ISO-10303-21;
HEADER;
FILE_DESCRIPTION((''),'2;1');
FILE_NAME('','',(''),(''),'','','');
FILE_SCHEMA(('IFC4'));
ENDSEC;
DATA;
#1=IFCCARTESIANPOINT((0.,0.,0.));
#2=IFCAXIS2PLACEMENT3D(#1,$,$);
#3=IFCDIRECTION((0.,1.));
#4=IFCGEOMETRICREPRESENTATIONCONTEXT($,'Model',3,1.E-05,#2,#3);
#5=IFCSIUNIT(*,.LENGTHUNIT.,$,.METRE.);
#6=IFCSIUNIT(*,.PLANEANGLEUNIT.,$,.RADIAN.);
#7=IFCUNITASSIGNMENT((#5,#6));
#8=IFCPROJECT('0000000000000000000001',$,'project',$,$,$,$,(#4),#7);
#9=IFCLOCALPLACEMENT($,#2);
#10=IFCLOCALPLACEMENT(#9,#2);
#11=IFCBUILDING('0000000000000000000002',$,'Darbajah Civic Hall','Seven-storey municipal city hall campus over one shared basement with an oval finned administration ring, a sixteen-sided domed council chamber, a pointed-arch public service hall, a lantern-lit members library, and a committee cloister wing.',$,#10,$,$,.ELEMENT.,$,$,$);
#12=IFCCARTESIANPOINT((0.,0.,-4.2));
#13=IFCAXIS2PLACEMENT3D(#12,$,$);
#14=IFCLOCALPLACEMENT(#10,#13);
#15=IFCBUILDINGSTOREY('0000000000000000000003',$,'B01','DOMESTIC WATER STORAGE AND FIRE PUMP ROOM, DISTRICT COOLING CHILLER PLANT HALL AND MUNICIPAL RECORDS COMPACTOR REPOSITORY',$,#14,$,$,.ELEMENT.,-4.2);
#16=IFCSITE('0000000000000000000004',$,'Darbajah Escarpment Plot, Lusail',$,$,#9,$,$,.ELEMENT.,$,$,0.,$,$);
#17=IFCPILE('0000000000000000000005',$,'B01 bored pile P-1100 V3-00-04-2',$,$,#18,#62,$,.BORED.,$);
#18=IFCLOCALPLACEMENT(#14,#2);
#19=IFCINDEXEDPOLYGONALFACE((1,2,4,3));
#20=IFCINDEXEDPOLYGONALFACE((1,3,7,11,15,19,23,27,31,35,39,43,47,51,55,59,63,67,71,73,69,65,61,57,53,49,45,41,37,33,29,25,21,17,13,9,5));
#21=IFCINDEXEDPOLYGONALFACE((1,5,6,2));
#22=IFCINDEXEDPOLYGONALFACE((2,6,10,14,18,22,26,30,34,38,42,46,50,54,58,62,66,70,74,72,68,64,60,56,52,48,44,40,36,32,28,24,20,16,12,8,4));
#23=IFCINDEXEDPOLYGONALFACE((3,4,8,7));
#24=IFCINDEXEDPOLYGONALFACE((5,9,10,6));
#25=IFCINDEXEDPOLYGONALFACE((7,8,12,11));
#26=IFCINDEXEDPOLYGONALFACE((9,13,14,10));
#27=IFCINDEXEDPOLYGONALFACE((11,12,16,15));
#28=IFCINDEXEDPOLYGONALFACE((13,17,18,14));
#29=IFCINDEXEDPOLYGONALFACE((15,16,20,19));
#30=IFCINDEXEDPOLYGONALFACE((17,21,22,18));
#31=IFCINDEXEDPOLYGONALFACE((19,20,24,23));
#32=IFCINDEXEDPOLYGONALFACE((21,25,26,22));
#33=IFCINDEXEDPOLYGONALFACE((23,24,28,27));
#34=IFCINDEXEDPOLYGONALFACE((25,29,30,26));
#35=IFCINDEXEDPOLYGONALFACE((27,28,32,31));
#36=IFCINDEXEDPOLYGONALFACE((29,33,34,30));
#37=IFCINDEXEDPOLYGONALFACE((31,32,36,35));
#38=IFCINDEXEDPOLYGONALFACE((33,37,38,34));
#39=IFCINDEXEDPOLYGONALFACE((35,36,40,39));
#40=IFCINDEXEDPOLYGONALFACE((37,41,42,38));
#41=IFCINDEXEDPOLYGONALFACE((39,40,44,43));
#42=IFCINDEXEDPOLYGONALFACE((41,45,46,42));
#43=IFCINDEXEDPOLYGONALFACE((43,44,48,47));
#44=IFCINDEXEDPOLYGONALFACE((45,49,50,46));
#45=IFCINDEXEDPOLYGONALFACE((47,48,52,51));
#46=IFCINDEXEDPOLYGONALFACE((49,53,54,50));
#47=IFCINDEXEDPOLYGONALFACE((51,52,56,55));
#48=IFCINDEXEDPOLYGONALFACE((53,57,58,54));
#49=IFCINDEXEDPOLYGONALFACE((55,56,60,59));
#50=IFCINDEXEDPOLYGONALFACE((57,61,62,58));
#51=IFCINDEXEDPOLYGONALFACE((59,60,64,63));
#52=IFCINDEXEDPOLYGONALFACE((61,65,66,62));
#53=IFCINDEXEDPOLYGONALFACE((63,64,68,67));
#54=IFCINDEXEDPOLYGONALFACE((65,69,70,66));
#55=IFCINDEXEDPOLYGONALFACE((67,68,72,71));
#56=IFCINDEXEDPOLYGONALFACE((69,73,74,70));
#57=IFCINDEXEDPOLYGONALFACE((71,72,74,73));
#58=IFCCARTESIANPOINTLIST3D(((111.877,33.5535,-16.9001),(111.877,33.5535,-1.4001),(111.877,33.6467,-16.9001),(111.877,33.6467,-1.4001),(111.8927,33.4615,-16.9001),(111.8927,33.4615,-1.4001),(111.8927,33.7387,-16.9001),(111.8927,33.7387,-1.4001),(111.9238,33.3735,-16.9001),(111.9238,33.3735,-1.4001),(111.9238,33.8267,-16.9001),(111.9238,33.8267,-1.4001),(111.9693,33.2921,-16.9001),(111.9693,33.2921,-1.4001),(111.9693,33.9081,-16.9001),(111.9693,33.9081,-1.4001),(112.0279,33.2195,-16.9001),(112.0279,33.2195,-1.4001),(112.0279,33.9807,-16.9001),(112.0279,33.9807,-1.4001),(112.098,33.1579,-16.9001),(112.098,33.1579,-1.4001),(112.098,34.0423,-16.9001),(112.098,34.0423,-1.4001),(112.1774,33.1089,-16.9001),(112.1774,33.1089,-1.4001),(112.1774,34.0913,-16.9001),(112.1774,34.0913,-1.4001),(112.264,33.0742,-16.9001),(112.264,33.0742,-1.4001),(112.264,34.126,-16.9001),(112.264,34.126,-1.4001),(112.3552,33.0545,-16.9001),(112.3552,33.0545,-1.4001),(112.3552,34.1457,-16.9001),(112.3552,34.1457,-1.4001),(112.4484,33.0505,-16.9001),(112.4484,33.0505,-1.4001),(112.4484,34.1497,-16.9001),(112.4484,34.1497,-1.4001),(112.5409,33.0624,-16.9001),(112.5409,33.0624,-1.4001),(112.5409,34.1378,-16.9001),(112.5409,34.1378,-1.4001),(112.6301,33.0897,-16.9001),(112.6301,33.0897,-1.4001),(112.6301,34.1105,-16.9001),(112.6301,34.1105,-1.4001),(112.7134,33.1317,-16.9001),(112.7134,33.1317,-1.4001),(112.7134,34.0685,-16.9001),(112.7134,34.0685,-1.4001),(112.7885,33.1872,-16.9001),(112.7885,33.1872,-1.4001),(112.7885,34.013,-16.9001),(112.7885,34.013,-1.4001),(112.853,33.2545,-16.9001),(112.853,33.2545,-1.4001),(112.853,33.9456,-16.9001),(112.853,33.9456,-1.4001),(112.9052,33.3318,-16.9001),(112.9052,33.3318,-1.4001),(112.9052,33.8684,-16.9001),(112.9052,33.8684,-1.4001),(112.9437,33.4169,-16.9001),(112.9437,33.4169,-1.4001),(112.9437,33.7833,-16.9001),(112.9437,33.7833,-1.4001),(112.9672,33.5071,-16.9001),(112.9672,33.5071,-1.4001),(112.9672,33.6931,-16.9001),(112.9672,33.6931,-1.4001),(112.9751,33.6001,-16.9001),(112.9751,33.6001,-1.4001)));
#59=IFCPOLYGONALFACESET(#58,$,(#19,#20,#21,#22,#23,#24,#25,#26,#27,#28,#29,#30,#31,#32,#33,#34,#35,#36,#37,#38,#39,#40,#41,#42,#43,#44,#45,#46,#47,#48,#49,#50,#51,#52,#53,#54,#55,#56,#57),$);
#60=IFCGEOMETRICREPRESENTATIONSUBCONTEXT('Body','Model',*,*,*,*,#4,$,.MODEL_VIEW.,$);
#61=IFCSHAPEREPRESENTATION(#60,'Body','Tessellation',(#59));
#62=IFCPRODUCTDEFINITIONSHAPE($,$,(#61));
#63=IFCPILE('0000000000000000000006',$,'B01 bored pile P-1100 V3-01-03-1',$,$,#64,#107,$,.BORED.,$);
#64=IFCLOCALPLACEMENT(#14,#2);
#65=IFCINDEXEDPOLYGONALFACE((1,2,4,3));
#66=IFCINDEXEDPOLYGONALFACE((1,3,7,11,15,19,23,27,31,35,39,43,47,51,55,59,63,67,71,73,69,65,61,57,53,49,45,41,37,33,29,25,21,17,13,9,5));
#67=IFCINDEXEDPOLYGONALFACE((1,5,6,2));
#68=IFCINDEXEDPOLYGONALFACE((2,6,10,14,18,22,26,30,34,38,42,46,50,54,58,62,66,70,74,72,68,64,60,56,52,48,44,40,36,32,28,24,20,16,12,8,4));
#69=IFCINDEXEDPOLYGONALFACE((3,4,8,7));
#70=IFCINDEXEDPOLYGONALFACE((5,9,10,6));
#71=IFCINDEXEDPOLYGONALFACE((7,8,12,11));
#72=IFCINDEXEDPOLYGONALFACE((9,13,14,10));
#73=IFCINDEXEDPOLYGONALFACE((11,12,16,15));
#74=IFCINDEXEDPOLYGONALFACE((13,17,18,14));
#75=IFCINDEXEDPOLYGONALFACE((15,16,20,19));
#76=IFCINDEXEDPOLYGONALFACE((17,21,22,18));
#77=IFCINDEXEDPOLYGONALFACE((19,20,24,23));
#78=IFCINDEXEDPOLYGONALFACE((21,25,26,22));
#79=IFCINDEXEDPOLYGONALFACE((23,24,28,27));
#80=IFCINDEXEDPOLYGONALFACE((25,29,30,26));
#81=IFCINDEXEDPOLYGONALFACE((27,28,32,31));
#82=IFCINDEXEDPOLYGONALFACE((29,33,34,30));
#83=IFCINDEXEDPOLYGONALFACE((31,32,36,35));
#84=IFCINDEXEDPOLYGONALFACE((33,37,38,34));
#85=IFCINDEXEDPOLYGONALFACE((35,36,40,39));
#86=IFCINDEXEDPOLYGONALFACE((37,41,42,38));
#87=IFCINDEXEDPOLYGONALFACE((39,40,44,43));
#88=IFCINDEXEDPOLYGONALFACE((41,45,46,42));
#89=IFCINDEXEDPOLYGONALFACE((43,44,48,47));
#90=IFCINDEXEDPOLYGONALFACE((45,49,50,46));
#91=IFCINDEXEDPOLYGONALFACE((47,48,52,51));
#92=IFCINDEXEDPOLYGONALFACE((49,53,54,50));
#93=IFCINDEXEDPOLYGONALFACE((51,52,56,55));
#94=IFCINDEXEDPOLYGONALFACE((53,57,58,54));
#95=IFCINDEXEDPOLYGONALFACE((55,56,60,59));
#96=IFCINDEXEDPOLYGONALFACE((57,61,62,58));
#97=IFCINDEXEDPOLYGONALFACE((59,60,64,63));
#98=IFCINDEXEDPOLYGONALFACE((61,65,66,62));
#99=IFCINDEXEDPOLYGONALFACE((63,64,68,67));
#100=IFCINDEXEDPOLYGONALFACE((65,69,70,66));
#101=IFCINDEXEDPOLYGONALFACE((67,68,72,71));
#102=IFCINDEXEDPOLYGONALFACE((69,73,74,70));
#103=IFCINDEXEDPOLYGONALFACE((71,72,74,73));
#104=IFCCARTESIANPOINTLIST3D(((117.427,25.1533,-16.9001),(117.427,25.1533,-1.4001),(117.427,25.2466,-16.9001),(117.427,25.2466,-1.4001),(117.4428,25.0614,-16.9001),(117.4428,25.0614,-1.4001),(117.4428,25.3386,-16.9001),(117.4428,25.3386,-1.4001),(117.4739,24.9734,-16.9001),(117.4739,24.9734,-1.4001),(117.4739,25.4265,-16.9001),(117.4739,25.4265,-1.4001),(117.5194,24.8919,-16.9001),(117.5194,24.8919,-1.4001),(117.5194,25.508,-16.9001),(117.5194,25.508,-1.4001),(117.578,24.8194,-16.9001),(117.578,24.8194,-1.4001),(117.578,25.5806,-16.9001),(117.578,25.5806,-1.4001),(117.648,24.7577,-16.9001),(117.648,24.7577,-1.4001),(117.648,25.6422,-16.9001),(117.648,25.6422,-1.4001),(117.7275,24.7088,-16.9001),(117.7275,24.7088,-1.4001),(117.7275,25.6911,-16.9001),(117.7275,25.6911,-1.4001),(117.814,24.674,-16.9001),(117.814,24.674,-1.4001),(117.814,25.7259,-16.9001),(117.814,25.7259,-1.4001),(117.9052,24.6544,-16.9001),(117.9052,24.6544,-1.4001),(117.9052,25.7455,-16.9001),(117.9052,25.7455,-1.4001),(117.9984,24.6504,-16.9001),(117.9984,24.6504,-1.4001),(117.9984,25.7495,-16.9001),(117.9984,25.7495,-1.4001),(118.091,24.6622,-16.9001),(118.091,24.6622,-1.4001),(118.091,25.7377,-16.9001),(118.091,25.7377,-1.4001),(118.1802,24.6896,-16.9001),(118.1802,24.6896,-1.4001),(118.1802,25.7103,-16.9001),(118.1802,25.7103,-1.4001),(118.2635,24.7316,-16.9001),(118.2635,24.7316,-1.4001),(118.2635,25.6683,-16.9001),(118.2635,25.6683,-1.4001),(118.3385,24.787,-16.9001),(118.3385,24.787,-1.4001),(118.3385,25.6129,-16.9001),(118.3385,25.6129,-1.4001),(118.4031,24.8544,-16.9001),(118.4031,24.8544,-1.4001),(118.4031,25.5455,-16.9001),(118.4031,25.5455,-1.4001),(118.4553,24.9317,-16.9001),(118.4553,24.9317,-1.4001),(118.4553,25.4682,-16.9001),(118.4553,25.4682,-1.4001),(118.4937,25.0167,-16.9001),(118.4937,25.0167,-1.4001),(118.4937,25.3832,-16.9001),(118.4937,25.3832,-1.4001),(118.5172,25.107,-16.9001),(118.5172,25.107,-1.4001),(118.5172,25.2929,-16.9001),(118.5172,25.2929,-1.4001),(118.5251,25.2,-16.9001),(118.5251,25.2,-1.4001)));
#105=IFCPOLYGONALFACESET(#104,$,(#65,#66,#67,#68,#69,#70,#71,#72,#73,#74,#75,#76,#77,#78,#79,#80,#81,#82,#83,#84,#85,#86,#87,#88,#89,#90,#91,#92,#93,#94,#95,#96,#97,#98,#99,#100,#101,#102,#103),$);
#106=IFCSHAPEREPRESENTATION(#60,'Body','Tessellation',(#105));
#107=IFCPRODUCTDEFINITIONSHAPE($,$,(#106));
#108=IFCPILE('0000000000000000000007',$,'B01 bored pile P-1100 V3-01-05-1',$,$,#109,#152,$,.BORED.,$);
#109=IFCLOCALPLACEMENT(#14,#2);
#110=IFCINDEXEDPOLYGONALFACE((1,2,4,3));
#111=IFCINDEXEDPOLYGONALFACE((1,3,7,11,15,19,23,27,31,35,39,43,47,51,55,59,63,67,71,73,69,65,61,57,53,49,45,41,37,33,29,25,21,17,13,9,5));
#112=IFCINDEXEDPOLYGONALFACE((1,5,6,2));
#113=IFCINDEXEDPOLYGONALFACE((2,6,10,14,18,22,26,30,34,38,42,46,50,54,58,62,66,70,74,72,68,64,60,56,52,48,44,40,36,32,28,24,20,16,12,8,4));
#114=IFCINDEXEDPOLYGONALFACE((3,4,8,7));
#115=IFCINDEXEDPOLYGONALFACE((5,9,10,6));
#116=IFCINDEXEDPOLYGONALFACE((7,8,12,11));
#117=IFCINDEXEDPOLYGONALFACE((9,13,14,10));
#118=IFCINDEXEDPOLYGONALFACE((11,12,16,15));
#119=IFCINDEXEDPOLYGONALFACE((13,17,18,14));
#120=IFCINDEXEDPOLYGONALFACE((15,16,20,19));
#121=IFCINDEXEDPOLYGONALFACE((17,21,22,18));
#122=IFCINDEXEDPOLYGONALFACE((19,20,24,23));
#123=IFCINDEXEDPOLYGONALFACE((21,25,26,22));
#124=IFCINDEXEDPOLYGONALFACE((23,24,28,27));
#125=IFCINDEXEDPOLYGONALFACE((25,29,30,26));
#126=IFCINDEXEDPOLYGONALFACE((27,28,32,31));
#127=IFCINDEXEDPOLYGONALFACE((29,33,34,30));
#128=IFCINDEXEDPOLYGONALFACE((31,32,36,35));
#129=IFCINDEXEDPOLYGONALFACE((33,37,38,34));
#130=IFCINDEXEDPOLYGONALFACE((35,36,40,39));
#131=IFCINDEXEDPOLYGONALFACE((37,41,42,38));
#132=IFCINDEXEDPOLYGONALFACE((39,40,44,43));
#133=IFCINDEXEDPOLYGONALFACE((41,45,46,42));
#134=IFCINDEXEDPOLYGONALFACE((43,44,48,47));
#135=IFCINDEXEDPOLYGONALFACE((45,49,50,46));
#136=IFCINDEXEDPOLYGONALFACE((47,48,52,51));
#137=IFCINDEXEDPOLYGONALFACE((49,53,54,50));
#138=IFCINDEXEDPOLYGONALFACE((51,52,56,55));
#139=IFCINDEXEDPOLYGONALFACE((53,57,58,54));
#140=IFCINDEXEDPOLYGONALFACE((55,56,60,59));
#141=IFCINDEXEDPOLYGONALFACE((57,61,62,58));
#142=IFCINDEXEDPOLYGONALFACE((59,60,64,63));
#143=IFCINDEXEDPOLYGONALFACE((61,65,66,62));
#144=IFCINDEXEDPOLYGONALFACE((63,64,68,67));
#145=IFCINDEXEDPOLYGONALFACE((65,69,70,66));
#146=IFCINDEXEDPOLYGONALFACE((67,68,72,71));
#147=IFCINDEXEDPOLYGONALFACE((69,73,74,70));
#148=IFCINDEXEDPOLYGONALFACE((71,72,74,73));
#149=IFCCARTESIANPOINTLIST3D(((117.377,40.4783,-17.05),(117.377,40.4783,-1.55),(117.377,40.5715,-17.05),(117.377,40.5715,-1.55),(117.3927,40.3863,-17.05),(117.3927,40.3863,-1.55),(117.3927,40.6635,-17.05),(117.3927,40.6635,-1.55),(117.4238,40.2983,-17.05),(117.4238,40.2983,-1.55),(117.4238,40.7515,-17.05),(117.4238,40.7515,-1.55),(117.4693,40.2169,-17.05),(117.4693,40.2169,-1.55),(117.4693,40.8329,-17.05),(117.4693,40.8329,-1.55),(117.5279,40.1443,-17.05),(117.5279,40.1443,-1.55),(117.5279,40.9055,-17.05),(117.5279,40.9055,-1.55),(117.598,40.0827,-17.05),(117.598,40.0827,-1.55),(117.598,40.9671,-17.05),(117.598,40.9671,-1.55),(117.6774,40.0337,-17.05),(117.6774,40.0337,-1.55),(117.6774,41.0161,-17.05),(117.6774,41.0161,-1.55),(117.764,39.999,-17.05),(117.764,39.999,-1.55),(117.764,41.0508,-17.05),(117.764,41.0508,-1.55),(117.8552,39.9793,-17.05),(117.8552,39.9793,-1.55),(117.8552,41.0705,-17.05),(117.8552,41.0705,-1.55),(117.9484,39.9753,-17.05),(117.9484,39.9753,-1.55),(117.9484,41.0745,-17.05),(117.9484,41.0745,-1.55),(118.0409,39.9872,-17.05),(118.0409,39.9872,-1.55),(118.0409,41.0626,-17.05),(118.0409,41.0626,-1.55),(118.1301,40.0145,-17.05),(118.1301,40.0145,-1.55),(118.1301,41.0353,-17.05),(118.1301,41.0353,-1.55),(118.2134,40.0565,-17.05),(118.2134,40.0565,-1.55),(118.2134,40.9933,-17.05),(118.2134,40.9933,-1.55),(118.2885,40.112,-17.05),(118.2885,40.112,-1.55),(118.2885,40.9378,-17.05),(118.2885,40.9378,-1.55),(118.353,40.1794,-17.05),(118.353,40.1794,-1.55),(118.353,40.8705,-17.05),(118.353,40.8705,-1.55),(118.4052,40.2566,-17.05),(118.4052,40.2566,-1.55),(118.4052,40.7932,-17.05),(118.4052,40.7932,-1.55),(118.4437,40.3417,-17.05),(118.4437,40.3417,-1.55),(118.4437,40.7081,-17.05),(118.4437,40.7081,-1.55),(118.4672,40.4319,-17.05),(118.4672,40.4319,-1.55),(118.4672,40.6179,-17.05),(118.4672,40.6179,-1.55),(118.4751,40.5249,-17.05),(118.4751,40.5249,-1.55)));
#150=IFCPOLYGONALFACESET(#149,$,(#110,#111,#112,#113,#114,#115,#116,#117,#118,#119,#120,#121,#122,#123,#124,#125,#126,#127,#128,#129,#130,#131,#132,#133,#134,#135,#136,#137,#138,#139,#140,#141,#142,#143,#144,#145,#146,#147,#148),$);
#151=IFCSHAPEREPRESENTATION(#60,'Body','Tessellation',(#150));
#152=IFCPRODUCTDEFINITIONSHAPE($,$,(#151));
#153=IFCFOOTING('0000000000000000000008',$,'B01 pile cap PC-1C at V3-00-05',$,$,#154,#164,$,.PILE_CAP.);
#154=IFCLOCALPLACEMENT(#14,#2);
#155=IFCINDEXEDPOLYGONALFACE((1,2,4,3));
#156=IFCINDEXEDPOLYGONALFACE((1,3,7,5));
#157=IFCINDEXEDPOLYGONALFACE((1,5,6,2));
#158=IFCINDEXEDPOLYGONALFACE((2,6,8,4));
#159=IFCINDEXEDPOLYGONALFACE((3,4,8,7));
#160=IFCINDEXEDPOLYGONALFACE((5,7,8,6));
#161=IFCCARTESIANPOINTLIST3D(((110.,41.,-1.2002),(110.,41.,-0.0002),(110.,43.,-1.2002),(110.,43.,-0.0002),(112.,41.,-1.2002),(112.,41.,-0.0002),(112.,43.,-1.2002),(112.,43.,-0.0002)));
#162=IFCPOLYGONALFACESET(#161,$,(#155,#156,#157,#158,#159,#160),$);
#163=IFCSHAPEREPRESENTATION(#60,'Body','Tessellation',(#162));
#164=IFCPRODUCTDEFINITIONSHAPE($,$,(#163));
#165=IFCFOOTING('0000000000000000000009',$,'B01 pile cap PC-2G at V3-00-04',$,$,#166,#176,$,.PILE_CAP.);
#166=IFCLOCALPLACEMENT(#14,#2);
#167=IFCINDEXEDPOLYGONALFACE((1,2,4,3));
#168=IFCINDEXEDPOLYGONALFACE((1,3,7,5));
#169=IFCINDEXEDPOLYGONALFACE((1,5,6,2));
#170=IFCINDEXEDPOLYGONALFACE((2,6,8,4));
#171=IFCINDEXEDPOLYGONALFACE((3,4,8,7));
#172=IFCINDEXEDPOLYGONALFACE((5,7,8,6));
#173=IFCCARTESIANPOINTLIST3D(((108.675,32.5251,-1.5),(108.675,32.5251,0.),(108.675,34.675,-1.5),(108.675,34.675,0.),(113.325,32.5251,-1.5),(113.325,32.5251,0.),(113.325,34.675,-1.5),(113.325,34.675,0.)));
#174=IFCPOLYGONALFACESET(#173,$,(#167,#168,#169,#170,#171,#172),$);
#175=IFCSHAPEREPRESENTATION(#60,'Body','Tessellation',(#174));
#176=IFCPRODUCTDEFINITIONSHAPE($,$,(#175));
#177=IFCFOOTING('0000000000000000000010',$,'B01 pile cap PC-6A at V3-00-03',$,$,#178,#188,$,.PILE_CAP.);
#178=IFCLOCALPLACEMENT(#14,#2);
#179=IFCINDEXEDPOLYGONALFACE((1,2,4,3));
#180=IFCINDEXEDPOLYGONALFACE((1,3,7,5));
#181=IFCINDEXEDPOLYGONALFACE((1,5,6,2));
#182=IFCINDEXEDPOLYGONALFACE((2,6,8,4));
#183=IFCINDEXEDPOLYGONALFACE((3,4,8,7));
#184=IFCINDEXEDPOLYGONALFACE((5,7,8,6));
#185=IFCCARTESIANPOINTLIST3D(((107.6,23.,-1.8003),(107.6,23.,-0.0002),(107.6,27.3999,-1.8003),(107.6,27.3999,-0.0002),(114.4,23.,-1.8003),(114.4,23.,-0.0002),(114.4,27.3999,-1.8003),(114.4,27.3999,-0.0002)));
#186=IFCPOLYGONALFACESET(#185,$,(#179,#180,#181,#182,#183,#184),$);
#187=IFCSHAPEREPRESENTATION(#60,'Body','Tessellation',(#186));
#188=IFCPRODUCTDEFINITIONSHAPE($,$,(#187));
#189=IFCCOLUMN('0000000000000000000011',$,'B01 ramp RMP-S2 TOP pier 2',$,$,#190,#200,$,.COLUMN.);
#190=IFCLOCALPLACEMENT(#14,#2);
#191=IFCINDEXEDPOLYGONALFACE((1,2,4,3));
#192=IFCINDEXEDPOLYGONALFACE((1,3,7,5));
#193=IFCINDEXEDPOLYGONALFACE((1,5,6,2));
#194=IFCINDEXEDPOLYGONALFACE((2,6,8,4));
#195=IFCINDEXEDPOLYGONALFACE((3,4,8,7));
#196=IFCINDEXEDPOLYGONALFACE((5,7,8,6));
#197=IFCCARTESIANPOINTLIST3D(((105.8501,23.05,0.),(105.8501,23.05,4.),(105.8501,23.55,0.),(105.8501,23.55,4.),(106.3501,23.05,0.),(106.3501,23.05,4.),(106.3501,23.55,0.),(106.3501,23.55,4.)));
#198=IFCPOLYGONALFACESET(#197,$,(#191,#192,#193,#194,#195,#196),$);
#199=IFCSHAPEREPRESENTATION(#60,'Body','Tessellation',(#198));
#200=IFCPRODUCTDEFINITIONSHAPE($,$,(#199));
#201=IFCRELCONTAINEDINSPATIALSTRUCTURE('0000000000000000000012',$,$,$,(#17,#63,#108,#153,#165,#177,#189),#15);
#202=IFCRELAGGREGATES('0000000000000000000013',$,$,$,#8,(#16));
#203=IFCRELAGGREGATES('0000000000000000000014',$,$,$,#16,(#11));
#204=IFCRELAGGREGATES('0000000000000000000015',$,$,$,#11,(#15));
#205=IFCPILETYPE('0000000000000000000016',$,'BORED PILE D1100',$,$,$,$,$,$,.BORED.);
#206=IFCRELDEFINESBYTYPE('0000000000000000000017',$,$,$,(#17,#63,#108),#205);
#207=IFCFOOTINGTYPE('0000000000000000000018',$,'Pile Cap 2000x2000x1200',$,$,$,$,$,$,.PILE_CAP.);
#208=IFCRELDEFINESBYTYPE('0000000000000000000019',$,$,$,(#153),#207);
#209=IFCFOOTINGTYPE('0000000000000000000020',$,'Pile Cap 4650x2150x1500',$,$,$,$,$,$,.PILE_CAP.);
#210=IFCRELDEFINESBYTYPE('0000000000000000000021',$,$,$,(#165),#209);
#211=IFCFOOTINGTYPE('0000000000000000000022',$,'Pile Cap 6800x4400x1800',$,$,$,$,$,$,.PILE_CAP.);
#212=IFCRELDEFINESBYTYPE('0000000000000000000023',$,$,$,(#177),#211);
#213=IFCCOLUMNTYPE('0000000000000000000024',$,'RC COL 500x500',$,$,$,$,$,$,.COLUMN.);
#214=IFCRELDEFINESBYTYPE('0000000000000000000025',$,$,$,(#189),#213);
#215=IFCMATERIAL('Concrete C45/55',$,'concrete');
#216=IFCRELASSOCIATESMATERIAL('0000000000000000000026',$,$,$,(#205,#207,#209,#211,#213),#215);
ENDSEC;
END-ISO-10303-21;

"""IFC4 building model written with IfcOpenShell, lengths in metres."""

from ifc_helpers import new_model, si_unit, direction, frame, origin, origin_2d, place, context, subcontext, project, spatial, rectangle, circle, extrude, material, material_profile, profile_set, type_object, element, save


model = new_model("IFC4")

# Units and contexts
model_context = context("Model", 3, precision=1e-05, world=origin(), true_north=direction((0.0, 1.0)))
body_context = subcontext(model_context, "Body", "Model", "MODEL_VIEW")
ifc_project = project(units=[si_unit("LENGTHUNIT", "METRE"), si_unit("PLANEANGLEUNIT", "RADIAN")], contexts=[model_context])

# Site, building, storey
site_placement = place(None, origin())
site = spatial("IfcSite", under=ifc_project, at=site_placement, Name="Darbajah Escarpment Plot, Lusail", CompositionType="ELEMENT", RefElevation=0.0)
building_placement = place(site_placement, origin())
building = spatial("IfcBuilding", under=site, at=building_placement, Name="Darbajah Civic Hall", Description="Seven-storey municipal city hall campus over one shared basement with an oval finned administration ring, a sixteen-sided domed council chamber, a pointed-arch public service hall, a lantern-lit members library, and a committee cloister wing.", CompositionType="ELEMENT")
storey_placement = place(building_placement, frame((0.0, 0.0, -4.2)))
storey = spatial("IfcBuildingStorey", under=building, at=storey_placement, Name="B01", Description="DOMESTIC WATER STORAGE AND FIRE PUMP ROOM, DISTRICT COOLING CHILLER PLANT HALL AND MUNICIPAL RECORDS COMPACTOR REPOSITORY", CompositionType="ELEMENT", Elevation=-4.2)

# Piles
ifc_material_1 = material(Name="Concrete C45/55", Category="concrete")
ifc_material_profile_1 = material_profile(ifc_material_1, circle(Radius=0.55, at=origin_2d()), Name="BORED PILE D1100")
ifc_profile_set_1 = profile_set([ifc_material_profile_1], Name="Concrete C45/55")
pile_type_1 = type_object("IfcPileType", Name="BORED PILE D1100", PredefinedType="BORED", material=ifc_profile_set_1)
for number, where, z_axis, x_axis, name in (
    (1, (112.425, 33.6001, -1.4001), (0.0, 0.0, -1.0), (1.0, 0.0, 0.0), "B01 bored pile P-1100 V3-00-04-2"),
    (2, (117.9751, 25.2, -1.4001), (0.0, 0.0, -1.0), (1.0, 0.0, 0.0), "B01 bored pile P-1100 V3-01-03-1"),
    (3, (117.925, 40.5249, -1.55), (0.0, 0.0, -1.0), (1.0, 0.0, 0.0), "B01 bored pile P-1100 V3-01-05-1"),
):
    element("IfcPile", number, at=place(storey_placement, frame(where, z_axis=z_axis, x_axis=x_axis)), inside=storey, type_object=pile_type_1, Name=name, PredefinedType="BORED", context=body_context, shape_type="SweptSolid", body=[
        extrude(circle(Radius=0.55, at=origin_2d()), origin(), (0.0, 0.0, 1.0), 15.5),
    ])

# Footings
footing_type_1 = type_object("IfcFootingType", Name="Pile Cap 2000x2000x1200", PredefinedType="PILE_CAP", material=ifc_material_1)
footing_1_placement = place(storey_placement, frame((111.0, 42.0, -1.2002), z_axis=(0.0, 0.0, 1.0), x_axis=(1.0, 0.0, 0.0)))
element("IfcFooting", 4, at=footing_1_placement, inside=storey, type_object=footing_type_1, Name="B01 pile cap PC-1C at V3-00-05", PredefinedType="PILE_CAP", context=body_context, shape_type="SweptSolid", body=[
    extrude(rectangle(XDim=2.0, YDim=2.0, at=origin_2d()), origin(), (0.0, 0.0, 1.0), 1.2),
])
footing_type_2 = type_object("IfcFootingType", Name="Pile Cap 4650x2150x1500", PredefinedType="PILE_CAP", material=ifc_material_1)
footing_2_placement = place(storey_placement, frame((111.0, 33.6001, -1.5), z_axis=(0.0, 0.0, 1.0), x_axis=(1.0, 0.0, 0.0)))
element("IfcFooting", 5, at=footing_2_placement, inside=storey, type_object=footing_type_2, Name="B01 pile cap PC-2G at V3-00-04", PredefinedType="PILE_CAP", context=body_context, shape_type="SweptSolid", body=[
    extrude(rectangle(XDim=4.6499, YDim=2.1499, at=origin_2d()), origin(), (0.0, 0.0, 1.0), 1.5),
])
footing_type_3 = type_object("IfcFootingType", Name="Pile Cap 6800x4400x1800", PredefinedType="PILE_CAP", material=ifc_material_1)
footing_3_placement = place(storey_placement, frame((111.0, 25.2, -1.8003), z_axis=(0.0, 0.0, 1.0), x_axis=(1.0, 0.0, 0.0)))
element("IfcFooting", 6, at=footing_3_placement, inside=storey, type_object=footing_type_3, Name="B01 pile cap PC-6A at V3-00-03", PredefinedType="PILE_CAP", context=body_context, shape_type="SweptSolid", body=[
    extrude(rectangle(XDim=6.8, YDim=4.3999, at=origin_2d()), origin(), (0.0, 0.0, 1.0), 1.8),
])

# Column
ifc_material_profile_2 = material_profile(ifc_material_1, rectangle(XDim=0.5, YDim=0.5, at=origin_2d()), Name="RC COL 500x500")
ifc_profile_set_2 = profile_set([ifc_material_profile_2], Name="Concrete C45/55")
column_type_1 = type_object("IfcColumnType", Name="RC COL 500x500", PredefinedType="COLUMN", material=ifc_profile_set_2)
for number, where, z_axis, x_axis, name in (
    (7, (106.1001, 23.3, 0.0), (0.0, 0.0, 1.0), (1.0, 0.0, 0.0), "B01 ramp RMP-S2 TOP pier 2"),
):
    element("IfcColumn", number, at=place(storey_placement, frame(where, z_axis=z_axis, x_axis=x_axis)), inside=storey, type_object=column_type_1, Name=name, PredefinedType="COLUMN", context=body_context, shape_type="SweptSolid", body=[
        extrude(rectangle(XDim=0.5, YDim=0.5, at=origin_2d()), origin(), (0.0, 0.0, 1.0), 4.0),
    ])

save(model, "model.ifc")
